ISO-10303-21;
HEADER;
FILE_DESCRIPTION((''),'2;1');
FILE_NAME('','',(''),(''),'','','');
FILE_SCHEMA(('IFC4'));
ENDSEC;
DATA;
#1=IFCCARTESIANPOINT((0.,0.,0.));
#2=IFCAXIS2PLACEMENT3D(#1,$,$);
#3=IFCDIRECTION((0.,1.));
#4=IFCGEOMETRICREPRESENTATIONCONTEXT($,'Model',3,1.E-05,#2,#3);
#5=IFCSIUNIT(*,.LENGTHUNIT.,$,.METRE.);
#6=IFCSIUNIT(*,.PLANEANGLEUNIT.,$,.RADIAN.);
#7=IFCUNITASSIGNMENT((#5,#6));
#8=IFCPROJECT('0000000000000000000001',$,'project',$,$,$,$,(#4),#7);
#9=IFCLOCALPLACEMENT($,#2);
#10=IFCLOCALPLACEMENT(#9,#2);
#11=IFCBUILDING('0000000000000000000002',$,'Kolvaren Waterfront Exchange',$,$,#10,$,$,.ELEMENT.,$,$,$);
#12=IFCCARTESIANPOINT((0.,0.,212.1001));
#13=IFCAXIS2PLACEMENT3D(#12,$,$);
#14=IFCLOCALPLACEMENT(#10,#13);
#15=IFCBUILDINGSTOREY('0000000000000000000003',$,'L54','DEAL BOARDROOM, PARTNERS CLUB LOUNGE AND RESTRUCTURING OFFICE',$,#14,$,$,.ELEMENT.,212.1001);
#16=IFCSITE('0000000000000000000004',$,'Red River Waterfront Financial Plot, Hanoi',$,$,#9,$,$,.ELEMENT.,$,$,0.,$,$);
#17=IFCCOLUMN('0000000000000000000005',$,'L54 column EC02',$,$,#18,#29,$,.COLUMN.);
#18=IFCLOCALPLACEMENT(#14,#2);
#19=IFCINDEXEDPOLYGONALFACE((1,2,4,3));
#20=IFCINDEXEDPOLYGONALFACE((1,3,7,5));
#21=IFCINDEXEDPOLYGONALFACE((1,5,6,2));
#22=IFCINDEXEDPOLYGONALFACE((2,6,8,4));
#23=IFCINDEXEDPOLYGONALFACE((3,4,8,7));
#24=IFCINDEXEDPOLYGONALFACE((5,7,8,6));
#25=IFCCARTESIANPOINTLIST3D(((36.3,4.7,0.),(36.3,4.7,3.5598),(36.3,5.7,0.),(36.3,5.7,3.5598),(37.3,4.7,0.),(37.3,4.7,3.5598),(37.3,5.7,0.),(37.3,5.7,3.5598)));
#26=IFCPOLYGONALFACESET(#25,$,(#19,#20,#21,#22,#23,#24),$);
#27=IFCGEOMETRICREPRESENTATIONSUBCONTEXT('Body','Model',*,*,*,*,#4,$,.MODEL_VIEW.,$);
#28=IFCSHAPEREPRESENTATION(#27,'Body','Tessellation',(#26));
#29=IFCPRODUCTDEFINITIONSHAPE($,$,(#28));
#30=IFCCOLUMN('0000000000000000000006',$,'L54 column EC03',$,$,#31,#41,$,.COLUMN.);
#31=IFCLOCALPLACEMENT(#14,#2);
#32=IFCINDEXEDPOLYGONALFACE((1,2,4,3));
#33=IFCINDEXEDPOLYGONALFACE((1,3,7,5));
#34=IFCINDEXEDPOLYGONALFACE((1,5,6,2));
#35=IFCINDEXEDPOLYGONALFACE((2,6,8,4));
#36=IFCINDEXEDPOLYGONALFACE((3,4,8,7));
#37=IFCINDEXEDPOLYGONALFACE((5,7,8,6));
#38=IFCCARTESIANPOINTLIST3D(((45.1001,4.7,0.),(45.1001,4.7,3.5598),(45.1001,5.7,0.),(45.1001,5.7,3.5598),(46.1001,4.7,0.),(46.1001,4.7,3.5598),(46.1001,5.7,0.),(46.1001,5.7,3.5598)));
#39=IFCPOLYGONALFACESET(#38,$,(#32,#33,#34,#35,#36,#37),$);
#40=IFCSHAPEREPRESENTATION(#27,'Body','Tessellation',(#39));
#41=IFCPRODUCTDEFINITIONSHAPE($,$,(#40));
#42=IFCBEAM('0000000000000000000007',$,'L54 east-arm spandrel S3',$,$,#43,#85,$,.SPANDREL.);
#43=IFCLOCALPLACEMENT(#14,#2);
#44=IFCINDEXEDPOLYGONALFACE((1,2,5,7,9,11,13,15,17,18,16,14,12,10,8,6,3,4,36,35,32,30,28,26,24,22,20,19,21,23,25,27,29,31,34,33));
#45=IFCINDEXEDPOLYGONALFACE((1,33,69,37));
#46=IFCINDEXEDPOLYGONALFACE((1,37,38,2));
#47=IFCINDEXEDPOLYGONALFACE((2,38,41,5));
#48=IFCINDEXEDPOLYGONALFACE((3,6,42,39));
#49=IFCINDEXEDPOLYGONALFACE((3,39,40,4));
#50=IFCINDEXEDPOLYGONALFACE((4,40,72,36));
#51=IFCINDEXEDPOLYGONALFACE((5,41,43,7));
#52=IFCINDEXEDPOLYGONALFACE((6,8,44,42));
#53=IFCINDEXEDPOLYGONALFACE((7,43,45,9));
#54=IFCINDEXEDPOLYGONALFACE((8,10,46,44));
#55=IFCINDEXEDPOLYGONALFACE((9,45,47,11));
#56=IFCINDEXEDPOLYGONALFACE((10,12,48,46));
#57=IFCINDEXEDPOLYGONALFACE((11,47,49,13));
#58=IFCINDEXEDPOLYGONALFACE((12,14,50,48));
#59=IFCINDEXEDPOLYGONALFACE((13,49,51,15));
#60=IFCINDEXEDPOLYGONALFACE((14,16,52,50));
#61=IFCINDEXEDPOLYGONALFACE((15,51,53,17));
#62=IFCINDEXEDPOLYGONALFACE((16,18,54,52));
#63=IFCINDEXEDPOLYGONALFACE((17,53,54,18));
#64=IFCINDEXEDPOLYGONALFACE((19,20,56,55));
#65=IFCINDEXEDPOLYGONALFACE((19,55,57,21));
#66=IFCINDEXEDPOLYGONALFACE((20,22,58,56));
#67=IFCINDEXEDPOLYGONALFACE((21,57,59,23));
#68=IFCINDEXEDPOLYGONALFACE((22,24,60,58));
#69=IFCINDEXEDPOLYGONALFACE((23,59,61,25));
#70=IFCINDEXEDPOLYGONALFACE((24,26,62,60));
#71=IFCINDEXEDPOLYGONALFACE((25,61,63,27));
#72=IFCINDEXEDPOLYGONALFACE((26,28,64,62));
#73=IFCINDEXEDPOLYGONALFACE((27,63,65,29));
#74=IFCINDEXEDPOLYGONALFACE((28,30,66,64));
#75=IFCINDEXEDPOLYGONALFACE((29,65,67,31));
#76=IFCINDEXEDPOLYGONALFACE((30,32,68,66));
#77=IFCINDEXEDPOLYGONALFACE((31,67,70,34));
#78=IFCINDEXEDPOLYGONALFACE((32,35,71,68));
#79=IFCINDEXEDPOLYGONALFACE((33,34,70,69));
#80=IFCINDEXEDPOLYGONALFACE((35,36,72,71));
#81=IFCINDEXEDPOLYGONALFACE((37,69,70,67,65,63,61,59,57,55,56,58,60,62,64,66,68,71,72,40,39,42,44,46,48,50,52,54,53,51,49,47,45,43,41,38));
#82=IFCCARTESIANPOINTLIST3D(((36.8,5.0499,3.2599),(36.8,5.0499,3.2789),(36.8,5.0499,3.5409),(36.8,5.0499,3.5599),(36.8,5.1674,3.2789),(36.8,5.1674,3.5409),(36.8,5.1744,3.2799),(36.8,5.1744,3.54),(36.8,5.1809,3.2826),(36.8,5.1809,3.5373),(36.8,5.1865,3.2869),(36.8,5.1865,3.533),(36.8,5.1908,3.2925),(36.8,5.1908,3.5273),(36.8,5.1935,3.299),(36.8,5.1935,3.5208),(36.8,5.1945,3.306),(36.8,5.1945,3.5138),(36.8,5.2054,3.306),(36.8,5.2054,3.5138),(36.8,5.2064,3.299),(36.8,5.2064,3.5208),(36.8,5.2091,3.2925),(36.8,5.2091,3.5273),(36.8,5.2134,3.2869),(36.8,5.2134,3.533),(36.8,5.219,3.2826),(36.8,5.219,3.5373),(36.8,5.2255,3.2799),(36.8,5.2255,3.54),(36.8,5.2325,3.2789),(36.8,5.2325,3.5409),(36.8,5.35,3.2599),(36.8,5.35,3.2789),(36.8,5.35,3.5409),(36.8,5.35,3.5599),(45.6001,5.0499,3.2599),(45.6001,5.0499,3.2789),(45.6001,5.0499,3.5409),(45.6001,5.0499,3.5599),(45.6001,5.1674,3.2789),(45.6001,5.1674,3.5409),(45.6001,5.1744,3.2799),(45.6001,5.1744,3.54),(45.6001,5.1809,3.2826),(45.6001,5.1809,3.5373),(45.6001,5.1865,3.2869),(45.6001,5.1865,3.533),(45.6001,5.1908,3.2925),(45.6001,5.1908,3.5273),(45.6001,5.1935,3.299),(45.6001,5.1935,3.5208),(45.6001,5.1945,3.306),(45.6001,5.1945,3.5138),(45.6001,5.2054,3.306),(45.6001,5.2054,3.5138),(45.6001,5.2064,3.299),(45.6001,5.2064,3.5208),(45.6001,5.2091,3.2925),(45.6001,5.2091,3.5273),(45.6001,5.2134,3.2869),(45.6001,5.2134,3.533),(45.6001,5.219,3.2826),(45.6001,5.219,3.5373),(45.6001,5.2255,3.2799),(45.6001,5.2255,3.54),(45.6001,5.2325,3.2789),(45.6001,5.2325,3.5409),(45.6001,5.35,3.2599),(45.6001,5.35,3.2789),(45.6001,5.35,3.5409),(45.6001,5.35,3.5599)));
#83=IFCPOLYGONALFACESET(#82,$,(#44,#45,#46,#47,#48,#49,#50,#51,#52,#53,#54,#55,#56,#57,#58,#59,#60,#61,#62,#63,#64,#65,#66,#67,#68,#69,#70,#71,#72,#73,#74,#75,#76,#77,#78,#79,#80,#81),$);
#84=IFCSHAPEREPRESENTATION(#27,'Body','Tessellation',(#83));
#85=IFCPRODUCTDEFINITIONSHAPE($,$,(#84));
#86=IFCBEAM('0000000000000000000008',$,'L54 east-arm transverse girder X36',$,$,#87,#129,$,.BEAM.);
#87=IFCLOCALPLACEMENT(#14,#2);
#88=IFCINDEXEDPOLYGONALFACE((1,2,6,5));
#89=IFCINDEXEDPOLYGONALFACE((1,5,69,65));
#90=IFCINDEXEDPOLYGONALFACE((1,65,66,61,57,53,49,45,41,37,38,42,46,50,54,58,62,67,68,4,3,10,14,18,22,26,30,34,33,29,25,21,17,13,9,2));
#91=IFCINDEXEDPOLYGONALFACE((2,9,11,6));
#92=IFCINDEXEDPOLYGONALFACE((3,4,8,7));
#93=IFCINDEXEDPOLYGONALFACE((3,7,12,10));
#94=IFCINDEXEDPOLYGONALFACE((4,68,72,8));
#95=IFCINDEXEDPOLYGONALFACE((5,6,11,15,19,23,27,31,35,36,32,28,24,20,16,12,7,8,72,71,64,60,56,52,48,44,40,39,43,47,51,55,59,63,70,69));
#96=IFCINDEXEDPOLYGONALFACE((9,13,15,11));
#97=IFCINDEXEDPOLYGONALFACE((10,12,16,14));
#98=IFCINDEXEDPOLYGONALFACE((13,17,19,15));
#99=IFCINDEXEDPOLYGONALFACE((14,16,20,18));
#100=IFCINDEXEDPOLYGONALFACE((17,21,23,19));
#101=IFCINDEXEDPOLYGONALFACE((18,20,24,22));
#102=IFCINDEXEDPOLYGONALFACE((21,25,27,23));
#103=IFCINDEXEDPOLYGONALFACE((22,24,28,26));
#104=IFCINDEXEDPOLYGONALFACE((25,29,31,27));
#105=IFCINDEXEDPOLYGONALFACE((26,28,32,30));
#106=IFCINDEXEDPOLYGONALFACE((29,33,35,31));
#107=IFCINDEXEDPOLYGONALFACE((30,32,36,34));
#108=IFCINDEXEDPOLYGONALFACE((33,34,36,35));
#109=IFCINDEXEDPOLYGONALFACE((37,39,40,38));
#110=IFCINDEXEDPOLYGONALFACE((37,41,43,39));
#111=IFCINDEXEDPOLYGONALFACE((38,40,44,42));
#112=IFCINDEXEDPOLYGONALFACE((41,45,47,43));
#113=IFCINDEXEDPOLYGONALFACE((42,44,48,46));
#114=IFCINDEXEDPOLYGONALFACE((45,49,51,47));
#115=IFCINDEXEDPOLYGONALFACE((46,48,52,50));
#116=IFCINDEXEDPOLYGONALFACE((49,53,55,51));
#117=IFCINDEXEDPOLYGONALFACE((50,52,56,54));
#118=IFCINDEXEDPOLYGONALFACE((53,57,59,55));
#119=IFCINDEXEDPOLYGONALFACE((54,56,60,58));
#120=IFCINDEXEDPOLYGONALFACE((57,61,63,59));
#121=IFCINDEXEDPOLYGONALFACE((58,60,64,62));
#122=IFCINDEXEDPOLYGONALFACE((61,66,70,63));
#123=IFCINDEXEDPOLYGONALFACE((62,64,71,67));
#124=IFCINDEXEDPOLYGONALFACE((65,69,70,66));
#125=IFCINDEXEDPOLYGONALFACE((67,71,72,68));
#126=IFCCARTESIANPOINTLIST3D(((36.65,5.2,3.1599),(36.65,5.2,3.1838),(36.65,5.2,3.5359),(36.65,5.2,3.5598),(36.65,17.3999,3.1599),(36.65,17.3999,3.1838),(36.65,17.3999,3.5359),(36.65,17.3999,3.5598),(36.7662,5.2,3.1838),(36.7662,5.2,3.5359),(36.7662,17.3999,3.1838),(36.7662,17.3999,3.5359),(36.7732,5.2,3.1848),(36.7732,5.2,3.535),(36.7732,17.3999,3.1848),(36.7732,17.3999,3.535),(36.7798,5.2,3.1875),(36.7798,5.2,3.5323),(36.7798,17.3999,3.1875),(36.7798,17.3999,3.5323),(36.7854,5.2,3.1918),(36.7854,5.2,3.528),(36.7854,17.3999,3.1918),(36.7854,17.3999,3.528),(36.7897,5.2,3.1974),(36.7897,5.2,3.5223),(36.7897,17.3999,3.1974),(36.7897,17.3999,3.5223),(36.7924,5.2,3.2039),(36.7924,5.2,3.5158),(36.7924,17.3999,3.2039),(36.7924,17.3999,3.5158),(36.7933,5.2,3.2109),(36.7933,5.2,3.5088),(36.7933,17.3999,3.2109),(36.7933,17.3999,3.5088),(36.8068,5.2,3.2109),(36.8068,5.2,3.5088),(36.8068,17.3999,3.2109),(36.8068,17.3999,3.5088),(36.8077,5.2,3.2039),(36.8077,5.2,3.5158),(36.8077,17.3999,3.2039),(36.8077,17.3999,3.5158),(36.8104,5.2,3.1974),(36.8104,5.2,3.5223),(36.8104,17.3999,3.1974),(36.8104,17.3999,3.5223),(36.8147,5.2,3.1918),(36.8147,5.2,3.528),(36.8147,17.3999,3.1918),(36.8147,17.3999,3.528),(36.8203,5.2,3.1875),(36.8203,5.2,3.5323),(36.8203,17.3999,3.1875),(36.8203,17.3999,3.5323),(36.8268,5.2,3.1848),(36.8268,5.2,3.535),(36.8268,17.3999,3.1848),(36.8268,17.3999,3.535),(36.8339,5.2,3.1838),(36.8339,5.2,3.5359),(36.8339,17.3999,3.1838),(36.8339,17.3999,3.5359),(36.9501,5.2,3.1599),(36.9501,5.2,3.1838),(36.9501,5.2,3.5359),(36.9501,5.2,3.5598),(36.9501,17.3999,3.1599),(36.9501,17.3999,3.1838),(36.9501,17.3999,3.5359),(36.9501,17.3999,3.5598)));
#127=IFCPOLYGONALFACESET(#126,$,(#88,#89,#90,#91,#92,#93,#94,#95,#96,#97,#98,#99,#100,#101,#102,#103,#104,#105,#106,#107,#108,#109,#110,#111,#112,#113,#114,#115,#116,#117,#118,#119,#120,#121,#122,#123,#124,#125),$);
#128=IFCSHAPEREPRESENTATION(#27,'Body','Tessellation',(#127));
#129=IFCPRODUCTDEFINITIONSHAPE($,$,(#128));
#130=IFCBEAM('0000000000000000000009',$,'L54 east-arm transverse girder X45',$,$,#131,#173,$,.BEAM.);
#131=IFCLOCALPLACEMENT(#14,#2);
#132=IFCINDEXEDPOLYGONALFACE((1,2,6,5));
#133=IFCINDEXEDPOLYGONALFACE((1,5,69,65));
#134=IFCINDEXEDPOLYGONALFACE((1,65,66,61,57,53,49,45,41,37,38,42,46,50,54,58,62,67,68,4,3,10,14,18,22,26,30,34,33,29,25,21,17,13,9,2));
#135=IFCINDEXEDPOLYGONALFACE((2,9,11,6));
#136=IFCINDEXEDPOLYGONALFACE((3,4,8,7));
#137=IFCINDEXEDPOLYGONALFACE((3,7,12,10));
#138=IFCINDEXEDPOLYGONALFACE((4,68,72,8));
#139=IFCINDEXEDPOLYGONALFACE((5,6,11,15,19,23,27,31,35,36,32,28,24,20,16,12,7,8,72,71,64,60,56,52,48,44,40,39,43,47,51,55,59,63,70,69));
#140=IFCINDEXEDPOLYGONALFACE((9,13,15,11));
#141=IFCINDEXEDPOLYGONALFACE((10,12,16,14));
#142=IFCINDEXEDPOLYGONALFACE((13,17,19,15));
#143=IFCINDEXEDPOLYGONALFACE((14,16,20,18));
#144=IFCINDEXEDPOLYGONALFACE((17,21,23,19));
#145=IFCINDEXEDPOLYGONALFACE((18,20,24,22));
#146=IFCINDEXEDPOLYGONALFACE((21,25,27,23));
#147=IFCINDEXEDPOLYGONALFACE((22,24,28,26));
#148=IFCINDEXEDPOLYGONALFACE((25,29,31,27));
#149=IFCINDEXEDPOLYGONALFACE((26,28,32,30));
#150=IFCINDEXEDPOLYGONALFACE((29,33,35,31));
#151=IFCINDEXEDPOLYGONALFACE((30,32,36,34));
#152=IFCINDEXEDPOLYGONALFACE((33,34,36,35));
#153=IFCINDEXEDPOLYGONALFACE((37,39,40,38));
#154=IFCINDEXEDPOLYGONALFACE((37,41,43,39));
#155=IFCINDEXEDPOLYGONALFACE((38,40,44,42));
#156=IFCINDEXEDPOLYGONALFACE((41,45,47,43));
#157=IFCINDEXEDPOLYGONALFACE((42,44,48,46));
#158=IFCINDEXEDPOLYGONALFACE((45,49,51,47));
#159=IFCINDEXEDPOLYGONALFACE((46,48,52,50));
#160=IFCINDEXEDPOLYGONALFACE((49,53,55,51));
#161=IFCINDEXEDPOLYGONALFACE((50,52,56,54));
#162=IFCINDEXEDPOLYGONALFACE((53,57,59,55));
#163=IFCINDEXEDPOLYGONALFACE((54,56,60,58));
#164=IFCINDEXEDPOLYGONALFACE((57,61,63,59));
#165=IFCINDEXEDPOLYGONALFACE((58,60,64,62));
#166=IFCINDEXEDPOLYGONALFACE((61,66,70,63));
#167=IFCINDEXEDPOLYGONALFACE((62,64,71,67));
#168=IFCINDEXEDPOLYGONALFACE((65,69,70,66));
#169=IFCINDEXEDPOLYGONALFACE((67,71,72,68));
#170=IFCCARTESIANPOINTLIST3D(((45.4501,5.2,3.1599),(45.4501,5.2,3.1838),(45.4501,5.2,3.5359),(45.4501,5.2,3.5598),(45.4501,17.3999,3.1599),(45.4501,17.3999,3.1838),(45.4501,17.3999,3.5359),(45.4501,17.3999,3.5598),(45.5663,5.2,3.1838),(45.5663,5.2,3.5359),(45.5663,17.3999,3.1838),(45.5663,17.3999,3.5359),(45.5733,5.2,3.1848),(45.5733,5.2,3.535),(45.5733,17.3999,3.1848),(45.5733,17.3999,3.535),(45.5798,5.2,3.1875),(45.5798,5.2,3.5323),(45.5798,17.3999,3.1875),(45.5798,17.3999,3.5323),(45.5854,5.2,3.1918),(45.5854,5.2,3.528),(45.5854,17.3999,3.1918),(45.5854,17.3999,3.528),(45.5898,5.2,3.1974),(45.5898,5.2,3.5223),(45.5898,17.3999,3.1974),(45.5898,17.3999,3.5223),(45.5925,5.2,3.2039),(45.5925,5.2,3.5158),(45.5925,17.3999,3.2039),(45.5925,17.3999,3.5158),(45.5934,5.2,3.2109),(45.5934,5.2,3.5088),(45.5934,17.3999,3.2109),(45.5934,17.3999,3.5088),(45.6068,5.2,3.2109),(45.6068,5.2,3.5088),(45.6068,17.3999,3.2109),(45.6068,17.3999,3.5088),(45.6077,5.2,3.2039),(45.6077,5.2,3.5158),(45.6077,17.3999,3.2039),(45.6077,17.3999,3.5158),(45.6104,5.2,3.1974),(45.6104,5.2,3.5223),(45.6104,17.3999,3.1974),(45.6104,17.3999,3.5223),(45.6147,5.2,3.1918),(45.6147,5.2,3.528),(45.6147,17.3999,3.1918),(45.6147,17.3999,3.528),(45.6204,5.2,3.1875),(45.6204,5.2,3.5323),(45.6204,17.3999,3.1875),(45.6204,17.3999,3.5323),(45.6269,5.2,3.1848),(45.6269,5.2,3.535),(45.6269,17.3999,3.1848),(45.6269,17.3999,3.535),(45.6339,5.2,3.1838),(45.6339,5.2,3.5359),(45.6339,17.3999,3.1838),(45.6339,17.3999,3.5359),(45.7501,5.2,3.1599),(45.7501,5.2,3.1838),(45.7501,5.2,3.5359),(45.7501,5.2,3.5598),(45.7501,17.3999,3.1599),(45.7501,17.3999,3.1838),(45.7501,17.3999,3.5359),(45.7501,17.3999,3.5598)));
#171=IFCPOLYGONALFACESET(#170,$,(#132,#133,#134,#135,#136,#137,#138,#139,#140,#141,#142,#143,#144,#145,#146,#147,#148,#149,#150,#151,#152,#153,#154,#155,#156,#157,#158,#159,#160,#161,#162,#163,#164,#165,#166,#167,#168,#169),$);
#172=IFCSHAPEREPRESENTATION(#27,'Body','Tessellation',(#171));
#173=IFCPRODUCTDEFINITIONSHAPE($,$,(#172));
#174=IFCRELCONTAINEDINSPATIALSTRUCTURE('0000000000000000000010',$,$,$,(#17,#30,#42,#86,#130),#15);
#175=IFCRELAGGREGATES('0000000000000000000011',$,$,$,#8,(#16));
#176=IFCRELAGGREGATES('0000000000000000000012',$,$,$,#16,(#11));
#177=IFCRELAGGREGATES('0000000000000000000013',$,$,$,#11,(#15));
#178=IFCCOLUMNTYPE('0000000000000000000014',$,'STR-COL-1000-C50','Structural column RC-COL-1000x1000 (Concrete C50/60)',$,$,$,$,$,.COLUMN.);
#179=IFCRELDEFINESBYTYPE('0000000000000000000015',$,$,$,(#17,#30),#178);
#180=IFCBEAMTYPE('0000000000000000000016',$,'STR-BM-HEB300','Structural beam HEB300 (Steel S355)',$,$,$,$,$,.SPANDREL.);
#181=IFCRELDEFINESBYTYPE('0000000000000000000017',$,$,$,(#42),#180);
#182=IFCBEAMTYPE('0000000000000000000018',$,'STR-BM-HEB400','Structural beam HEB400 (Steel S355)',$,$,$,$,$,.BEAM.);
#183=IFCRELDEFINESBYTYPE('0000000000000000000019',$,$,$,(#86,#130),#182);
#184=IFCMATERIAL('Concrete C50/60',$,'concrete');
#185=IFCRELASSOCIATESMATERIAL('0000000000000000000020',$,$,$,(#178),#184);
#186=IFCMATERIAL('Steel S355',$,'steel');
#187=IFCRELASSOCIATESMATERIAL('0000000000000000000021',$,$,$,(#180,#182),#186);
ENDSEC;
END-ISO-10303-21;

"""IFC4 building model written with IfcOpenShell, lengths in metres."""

from ifc_helpers import new_model, si_unit, direction, frame, origin, origin_2d, place, context, subcontext, project, spatial, rectangle, i_section, extrude, material, material_profile, profile_set, type_object, element, save


model = new_model("IFC4")

# Units and contexts
model_context = context("Model", 3, precision=1e-05, world=origin(), true_north=direction((0.0, 1.0)))
body_context = subcontext(model_context, "Body", "Model", "MODEL_VIEW")
ifc_project = project(units=[si_unit("LENGTHUNIT", "METRE"), si_unit("PLANEANGLEUNIT", "RADIAN")], contexts=[model_context])

# Site, building, storey
site_placement = place(None, origin())
site = spatial("IfcSite", under=ifc_project, at=site_placement, Name="Red River Waterfront Financial Plot, Hanoi", CompositionType="ELEMENT", RefElevation=0.0)
building_placement = place(site_placement, origin())
building = spatial("IfcBuilding", under=site, at=building_placement, Name="Kolvaren Waterfront Exchange", CompositionType="ELEMENT")
storey_placement = place(building_placement, frame((0.0, 0.0, 212.1001)))
storey = spatial("IfcBuildingStorey", under=building, at=storey_placement, Name="L54", Description="DEAL BOARDROOM, PARTNERS CLUB LOUNGE AND RESTRUCTURING OFFICE", CompositionType="ELEMENT", Elevation=212.1001)

# Columns
ifc_material_1 = material(Name="Concrete C50/60", Category="concrete")
ifc_material_profile_1 = material_profile(ifc_material_1, rectangle(XDim=1.0, YDim=1.0, at=origin_2d()), Name="RC-COL-1000x1000")
ifc_profile_set_1 = profile_set([ifc_material_profile_1], Name="Concrete C50/60")
column_type = type_object("IfcColumnType", Name="STR-COL-1000-C50", Description="Structural column RC-COL-1000x1000 (Concrete C50/60)", PredefinedType="COLUMN", material=ifc_profile_set_1)
for number, where, z_axis, x_axis, name in (
    (1, (36.8, 5.2, 0.0), (0.0, 0.0, 1.0), (1.0, 0.0, 0.0), "L54 column EC02"),
    (2, (45.6001, 5.2, 0.0), (0.0, 0.0, 1.0), (1.0, 0.0, 0.0), "L54 column EC03"),
):
    element("IfcColumn", number, at=place(storey_placement, frame(where, z_axis=z_axis, x_axis=x_axis)), inside=storey, type_object=column_type, Name=name, PredefinedType="COLUMN", context=body_context, shape_type="SweptSolid", body=[
        extrude(rectangle(XDim=1.0, YDim=1.0, at=origin_2d()), origin(), (0.0, 0.0, 1.0), 3.5598),
    ])

# Beams
ifc_material_2 = material(Name="Steel S355", Category="steel")
ifc_material_profile_2 = material_profile(ifc_material_2, i_section(OverallWidth=0.3, OverallDepth=0.3, WebThickness=0.011, FlangeThickness=0.019, FilletRadius=0.0271, at=origin_2d()), Name="HEB300")
ifc_profile_set_2 = profile_set([ifc_material_profile_2], Name="Steel S355")
beam_type_1 = type_object("IfcBeamType", Name="STR-BM-HEB300", Description="Structural beam HEB300 (Steel S355)", PredefinedType="SPANDREL", material=ifc_profile_set_2)
beam_1_placement = place(storey_placement, frame((36.8, 5.2, 3.4099), z_axis=(1.0, 0.0, 0.0), x_axis=(0.0, 1.0, 0.0)))
element("IfcBeam", 3, at=beam_1_placement, inside=storey, type_object=beam_type_1, Name="L54 east-arm spandrel S3", PredefinedType="SPANDREL", context=body_context, shape_type="SweptSolid", body=[
    extrude(i_section(OverallWidth=0.3, OverallDepth=0.3, WebThickness=0.011, FlangeThickness=0.019, FilletRadius=0.0271, at=origin_2d()), origin(), (0.0, 0.0, 1.0), 8.8),
])
ifc_material_profile_3 = material_profile(ifc_material_2, i_section(OverallWidth=0.3, OverallDepth=0.3999, WebThickness=0.0134, FlangeThickness=0.0239, FilletRadius=0.0271, at=origin_2d()), Name="HEB400")
ifc_profile_set_3 = profile_set([ifc_material_profile_3], Name="Steel S355")
beam_type_2 = type_object("IfcBeamType", Name="STR-BM-HEB400", Description="Structural beam HEB400 (Steel S355)", PredefinedType="BEAM", material=ifc_profile_set_3)
for number, where, z_axis, x_axis, name in (
    (4, (36.8, 5.2, 3.3599), (0.0, 1.0, 0.0), (-1.0, 0.0, 0.0), "L54 east-arm transverse girder X36"),
    (5, (45.6001, 5.2, 3.3599), (0.0, 1.0, 0.0), (-1.0, 0.0, 0.0), "L54 east-arm transverse girder X45"),
):
    element("IfcBeam", number, at=place(storey_placement, frame(where, z_axis=z_axis, x_axis=x_axis)), inside=storey, type_object=beam_type_2, Name=name, PredefinedType="BEAM", context=body_context, shape_type="SweptSolid", body=[
        extrude(i_section(OverallWidth=0.3, OverallDepth=0.3999, WebThickness=0.0134, FlangeThickness=0.0239, FilletRadius=0.0271, at=origin_2d()), origin(), (0.0, 0.0, 1.0), 12.2),
    ])

save(model, "model.ifc")
